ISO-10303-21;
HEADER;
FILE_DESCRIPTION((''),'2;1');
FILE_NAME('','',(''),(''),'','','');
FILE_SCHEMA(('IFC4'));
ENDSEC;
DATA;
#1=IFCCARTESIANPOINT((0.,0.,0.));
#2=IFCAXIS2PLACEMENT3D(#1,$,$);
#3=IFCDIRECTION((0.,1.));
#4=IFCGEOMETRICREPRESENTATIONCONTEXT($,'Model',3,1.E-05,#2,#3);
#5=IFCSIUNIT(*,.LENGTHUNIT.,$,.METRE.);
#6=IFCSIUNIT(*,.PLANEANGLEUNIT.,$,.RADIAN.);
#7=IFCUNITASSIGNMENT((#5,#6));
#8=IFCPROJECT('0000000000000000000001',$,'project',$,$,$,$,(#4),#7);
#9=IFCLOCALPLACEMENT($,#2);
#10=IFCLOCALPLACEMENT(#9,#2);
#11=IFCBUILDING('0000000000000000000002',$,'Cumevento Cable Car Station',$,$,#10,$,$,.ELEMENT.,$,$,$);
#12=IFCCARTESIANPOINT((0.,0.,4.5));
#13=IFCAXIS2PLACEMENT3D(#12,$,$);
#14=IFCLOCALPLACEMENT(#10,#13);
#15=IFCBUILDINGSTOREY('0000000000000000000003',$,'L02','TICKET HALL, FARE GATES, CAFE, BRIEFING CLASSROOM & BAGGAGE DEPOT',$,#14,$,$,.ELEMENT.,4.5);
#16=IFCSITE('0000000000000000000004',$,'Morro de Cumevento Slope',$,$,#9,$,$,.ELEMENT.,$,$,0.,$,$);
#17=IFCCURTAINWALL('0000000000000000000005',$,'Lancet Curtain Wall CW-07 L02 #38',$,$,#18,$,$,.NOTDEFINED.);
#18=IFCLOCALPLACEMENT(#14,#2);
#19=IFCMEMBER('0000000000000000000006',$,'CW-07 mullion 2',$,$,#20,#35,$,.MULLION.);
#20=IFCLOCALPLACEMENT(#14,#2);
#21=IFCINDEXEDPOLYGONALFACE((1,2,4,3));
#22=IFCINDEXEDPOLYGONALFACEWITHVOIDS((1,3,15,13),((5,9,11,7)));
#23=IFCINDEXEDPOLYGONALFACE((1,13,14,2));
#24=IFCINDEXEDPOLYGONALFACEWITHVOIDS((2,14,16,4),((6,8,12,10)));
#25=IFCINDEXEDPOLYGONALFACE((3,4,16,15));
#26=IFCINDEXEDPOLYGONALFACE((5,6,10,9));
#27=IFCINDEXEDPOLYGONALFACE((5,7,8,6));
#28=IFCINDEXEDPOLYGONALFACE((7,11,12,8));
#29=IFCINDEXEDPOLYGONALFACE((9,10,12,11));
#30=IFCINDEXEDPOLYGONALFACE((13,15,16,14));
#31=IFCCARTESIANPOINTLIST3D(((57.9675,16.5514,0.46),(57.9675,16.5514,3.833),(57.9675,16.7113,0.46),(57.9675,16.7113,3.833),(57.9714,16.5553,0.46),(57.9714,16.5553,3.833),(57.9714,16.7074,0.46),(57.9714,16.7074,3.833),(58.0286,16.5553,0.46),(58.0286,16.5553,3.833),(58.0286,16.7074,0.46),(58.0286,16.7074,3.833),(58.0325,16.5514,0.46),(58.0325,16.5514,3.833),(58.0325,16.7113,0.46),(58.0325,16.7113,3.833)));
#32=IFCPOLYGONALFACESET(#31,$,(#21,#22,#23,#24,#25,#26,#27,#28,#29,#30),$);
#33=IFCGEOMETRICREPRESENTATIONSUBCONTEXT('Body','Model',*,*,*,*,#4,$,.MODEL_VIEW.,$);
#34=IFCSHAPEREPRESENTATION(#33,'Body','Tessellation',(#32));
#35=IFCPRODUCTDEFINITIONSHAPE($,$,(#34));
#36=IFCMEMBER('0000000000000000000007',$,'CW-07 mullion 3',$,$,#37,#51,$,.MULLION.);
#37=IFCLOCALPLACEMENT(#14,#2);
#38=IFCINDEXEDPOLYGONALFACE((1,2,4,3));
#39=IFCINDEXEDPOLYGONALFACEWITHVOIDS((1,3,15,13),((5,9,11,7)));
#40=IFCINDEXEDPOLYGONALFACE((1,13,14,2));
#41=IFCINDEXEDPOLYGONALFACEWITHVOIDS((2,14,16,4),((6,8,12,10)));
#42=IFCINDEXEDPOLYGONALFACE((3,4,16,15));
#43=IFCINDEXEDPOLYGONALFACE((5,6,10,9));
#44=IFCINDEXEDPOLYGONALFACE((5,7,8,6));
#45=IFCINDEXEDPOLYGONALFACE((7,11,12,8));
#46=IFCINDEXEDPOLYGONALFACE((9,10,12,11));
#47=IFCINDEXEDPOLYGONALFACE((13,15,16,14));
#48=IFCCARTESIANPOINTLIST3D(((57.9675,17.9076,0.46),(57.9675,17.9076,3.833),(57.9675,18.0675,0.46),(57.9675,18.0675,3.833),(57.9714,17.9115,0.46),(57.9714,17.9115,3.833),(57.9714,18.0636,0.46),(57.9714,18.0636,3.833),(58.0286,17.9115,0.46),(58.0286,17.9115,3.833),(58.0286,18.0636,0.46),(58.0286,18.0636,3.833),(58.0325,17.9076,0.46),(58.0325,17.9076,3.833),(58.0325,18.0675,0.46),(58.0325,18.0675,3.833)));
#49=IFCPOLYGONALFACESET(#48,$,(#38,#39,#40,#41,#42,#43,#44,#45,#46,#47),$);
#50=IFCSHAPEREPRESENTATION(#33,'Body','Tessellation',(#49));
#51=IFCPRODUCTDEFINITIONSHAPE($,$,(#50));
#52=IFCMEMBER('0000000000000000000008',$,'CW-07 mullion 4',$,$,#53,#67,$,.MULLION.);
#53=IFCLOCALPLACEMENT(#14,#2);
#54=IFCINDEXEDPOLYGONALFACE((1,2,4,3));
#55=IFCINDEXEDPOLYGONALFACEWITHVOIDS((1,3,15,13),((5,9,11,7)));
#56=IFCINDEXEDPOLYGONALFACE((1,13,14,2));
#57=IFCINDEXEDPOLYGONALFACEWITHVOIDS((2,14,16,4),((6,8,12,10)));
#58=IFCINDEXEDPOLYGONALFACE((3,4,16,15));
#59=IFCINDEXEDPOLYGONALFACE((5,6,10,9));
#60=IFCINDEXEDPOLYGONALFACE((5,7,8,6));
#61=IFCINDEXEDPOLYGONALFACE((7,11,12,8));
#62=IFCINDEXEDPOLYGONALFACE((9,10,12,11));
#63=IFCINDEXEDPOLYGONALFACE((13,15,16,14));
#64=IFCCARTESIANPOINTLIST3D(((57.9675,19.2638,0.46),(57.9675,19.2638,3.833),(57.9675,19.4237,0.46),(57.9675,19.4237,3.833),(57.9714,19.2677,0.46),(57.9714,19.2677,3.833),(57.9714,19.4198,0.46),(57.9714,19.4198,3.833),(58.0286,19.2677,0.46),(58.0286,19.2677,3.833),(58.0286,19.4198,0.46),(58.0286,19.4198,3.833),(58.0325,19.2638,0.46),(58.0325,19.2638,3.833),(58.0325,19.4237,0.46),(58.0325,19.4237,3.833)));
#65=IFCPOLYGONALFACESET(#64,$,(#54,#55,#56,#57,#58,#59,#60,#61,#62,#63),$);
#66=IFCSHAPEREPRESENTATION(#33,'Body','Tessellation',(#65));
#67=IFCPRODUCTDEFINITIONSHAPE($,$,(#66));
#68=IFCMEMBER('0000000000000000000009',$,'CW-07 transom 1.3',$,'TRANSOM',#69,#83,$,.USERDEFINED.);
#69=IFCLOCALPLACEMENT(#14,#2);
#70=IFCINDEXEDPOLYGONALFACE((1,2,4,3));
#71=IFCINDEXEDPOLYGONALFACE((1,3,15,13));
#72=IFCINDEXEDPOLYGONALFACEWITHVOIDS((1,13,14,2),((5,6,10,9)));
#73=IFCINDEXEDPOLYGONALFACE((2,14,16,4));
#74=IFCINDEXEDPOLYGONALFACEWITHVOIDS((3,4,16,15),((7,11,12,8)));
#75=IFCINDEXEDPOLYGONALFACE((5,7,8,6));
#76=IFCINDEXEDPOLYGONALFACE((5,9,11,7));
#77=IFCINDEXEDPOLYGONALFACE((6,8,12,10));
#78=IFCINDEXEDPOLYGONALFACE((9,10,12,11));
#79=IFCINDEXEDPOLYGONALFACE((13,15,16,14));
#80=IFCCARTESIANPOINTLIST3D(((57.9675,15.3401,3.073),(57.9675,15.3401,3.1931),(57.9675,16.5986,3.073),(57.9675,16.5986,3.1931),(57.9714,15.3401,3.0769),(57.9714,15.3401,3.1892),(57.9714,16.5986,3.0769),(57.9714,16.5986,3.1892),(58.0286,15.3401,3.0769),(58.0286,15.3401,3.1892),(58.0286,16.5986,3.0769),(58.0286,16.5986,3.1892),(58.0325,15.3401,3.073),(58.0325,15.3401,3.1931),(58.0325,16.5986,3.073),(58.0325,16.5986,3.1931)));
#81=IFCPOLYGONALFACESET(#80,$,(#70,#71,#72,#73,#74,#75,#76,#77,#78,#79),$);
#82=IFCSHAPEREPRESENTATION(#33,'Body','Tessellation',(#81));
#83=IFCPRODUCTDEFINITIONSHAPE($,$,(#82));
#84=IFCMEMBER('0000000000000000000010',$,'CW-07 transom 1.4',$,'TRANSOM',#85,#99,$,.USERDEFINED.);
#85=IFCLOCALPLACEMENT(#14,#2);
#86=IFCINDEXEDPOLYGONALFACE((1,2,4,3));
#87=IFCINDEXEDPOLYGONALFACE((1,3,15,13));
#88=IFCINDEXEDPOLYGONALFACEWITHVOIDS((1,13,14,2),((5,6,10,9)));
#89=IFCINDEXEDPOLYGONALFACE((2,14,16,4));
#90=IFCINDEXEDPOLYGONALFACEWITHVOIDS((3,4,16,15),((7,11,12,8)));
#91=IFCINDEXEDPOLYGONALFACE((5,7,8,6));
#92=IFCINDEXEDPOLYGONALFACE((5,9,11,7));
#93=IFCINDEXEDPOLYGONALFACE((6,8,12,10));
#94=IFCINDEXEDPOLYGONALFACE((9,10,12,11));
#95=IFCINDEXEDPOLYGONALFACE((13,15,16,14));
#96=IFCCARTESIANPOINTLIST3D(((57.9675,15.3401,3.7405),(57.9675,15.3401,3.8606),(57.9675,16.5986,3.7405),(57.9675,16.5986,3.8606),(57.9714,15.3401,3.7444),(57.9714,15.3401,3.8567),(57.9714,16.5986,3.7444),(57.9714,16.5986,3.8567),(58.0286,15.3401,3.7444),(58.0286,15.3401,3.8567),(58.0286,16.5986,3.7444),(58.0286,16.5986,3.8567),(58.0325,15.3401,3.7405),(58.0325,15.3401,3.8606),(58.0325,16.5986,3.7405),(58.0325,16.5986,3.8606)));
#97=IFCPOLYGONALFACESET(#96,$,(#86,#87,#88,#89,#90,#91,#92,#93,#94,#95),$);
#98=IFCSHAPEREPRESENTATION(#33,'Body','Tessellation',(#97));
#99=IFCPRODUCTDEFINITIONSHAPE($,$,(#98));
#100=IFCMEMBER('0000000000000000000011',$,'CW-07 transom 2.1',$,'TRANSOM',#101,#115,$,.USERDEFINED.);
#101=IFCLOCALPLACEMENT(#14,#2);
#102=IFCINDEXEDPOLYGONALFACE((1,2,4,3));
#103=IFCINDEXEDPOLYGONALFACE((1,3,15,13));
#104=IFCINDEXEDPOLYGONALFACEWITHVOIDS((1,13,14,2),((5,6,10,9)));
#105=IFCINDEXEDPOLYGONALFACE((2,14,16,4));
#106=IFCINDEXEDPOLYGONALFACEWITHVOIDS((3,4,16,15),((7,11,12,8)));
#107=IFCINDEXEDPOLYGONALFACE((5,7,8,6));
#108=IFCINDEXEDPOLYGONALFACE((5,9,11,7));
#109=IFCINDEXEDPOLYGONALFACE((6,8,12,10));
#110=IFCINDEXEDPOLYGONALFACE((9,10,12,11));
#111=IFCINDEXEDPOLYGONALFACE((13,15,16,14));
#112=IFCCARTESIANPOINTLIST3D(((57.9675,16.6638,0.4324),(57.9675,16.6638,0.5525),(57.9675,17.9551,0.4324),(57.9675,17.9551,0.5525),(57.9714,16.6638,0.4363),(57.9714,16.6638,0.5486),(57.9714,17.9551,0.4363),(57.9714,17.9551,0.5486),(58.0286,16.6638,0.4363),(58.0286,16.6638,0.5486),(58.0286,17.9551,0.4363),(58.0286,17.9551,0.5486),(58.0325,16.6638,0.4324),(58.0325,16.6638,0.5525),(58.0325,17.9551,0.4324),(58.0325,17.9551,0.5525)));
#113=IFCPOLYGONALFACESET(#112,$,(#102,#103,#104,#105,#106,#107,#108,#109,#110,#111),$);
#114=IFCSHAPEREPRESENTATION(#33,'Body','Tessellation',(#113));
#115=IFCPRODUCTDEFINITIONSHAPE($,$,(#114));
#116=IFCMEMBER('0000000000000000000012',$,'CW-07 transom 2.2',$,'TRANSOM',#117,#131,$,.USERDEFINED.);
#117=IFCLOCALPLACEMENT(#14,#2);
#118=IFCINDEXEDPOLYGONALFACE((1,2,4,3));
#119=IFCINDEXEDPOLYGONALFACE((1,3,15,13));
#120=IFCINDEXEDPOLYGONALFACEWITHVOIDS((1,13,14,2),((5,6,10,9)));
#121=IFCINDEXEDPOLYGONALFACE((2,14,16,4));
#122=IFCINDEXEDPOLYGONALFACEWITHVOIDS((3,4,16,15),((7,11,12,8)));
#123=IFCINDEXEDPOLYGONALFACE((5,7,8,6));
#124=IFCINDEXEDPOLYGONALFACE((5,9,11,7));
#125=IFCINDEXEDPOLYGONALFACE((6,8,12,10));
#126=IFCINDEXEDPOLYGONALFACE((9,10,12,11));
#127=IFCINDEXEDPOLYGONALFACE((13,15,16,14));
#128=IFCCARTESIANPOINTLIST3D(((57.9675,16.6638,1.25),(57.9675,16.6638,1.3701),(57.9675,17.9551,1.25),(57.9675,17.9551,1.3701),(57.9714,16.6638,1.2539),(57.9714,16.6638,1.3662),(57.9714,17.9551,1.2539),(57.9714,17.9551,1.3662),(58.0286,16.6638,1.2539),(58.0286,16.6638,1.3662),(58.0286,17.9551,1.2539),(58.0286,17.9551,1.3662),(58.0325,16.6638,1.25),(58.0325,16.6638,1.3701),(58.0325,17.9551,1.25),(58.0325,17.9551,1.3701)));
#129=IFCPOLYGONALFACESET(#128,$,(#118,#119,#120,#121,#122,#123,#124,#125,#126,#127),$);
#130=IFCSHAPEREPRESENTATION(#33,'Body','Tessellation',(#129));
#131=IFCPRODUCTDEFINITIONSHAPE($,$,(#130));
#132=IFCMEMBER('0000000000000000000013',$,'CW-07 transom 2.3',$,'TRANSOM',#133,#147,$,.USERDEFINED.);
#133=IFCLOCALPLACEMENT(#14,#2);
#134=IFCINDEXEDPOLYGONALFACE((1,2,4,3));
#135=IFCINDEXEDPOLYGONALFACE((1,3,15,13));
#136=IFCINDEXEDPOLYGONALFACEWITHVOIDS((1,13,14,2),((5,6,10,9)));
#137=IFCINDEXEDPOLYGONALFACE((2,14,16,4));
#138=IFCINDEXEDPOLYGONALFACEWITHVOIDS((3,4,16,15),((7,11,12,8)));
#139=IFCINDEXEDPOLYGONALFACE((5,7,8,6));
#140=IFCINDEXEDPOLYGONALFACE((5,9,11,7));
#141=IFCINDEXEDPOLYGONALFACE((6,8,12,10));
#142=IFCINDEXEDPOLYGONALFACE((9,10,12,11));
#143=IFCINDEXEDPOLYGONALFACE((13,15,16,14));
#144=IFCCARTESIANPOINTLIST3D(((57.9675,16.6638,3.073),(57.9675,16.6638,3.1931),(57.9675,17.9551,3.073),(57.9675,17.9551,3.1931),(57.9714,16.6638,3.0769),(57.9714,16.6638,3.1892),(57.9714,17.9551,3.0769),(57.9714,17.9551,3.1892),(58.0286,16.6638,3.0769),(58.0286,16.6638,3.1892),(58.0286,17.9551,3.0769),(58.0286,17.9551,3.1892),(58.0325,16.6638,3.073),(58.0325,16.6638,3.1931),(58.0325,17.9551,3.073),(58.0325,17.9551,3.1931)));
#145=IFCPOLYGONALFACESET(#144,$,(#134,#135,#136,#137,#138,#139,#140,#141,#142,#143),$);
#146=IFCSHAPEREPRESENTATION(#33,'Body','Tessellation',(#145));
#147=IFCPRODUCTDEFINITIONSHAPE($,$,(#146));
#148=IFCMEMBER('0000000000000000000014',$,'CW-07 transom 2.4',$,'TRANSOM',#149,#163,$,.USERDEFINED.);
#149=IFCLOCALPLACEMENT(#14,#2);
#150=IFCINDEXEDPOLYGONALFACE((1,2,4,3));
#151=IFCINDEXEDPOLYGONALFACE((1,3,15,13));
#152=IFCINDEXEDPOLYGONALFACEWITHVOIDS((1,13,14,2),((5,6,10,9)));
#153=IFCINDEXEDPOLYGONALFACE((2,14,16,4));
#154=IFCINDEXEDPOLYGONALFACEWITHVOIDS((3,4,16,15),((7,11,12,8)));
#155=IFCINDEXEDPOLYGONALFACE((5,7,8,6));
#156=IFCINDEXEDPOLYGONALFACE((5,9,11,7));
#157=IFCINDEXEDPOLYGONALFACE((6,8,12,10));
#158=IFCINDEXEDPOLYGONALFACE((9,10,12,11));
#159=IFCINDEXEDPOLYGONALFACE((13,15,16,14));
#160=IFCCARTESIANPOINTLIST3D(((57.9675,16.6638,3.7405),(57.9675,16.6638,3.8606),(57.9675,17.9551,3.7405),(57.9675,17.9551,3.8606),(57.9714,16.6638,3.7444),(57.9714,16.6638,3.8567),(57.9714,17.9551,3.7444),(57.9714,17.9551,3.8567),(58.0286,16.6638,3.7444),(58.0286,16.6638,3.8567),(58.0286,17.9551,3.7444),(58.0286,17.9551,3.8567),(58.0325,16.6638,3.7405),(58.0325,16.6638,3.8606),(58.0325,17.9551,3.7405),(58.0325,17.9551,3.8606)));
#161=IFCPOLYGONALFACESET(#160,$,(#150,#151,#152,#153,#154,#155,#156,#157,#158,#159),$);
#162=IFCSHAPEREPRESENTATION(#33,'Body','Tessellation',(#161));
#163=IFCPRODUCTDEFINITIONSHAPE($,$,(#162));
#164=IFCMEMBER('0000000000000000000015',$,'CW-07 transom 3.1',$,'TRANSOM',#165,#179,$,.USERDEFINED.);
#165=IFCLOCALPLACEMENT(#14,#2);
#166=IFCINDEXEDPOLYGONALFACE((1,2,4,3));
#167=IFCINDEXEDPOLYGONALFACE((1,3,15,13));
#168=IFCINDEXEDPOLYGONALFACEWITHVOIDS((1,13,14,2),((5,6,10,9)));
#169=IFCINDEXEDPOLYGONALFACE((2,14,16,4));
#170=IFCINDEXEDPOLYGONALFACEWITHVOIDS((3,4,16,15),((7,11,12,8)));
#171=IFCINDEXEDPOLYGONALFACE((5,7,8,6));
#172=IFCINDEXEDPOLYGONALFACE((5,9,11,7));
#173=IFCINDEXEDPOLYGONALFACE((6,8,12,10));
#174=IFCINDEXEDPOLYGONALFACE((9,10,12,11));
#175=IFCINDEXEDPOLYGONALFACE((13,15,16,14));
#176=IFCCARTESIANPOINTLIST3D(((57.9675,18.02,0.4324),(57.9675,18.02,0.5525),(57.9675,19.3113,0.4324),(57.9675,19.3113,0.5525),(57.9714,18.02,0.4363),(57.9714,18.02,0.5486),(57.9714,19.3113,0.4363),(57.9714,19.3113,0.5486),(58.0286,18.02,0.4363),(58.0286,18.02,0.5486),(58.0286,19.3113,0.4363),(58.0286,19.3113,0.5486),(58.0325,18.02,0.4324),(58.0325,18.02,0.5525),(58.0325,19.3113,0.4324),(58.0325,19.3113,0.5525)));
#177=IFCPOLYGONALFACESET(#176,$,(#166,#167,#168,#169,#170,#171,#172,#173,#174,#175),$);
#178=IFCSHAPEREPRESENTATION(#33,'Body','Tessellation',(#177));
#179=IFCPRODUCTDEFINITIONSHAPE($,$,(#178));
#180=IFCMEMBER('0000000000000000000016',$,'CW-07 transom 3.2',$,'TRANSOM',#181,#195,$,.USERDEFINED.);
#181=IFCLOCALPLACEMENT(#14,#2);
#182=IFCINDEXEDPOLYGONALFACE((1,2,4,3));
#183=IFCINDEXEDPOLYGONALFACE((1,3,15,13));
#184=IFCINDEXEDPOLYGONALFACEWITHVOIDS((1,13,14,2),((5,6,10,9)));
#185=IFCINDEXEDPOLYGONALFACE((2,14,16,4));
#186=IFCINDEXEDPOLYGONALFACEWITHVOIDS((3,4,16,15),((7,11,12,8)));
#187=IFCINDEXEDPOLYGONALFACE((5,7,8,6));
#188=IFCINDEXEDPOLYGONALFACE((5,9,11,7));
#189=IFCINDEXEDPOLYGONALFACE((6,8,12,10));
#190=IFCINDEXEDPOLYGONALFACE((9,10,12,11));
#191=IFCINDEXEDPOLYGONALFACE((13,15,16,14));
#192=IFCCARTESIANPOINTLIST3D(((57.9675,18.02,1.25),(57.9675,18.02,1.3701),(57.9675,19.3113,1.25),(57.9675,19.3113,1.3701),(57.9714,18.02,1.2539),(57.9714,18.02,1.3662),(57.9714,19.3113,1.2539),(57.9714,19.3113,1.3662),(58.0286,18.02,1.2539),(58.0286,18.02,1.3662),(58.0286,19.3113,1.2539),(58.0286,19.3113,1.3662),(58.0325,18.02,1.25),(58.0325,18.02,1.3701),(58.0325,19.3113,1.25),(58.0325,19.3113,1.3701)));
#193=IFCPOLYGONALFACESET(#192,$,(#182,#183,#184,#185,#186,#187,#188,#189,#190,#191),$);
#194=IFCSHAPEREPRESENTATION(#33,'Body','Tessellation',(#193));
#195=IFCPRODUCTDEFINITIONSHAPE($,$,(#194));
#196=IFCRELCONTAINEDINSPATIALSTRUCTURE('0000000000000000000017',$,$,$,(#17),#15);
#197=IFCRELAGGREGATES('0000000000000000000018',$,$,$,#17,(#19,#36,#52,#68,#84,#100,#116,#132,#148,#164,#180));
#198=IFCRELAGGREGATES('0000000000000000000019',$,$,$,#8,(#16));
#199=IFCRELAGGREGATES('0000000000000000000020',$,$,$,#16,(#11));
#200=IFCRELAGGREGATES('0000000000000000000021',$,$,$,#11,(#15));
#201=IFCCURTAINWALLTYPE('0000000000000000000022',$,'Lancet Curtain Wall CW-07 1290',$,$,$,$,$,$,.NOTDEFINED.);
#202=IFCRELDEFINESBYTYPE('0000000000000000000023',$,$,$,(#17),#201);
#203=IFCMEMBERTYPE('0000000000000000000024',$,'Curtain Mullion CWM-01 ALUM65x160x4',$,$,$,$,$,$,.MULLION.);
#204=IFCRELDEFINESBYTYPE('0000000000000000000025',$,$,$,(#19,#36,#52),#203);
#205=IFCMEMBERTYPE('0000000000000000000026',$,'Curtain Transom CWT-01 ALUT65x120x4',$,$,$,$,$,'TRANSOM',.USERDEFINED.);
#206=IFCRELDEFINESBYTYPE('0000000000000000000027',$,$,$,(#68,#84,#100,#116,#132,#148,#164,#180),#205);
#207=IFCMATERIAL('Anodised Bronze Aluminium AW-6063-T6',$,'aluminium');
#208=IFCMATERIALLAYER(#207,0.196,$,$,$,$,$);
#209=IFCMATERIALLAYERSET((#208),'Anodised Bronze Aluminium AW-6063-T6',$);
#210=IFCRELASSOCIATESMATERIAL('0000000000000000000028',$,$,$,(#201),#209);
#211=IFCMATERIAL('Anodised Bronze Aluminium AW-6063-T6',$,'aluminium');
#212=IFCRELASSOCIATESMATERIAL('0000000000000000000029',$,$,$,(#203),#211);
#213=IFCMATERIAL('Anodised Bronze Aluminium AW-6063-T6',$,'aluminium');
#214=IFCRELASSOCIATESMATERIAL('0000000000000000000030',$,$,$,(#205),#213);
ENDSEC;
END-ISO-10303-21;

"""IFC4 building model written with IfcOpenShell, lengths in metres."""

from ifc_helpers import new_model, si_unit, direction, frame, origin, origin_2d, place, context, subcontext, project, spatial, hollow_rectangle, extrude, material, layer, layer_set, material_profile, profile_set, type_object, element, aggregate, save


model = new_model("IFC4")

# Units and contexts
model_context = context("Model", 3, precision=1e-05, world=origin(), true_north=direction((0.0, 1.0)))
body_context = subcontext(model_context, "Body", "Model", "MODEL_VIEW")
ifc_project = project(units=[si_unit("LENGTHUNIT", "METRE"), si_unit("PLANEANGLEUNIT", "RADIAN")], contexts=[model_context])

# Site, building, storey
site_placement = place(None, origin())
site = spatial("IfcSite", under=ifc_project, at=site_placement, Name="Morro de Cumevento Slope", CompositionType="ELEMENT", RefElevation=0.0)
building_placement = place(site_placement, origin())
building = spatial("IfcBuilding", under=site, at=building_placement, Name="Cumevento Cable Car Station", CompositionType="ELEMENT")
storey_placement = place(building_placement, frame((0.0, 0.0, 4.5)))
storey = spatial("IfcBuildingStorey", under=building, at=storey_placement, Name="L02", Description="TICKET HALL, FARE GATES, CAFE, BRIEFING CLASSROOM & BAGGAGE DEPOT", CompositionType="ELEMENT", Elevation=4.5)

# Curtain wall, members
ifc_material_1 = material(Name="Anodised Bronze Aluminium AW-6063-T6", Category="aluminium")
ifc_layer_1 = layer(ifc_material_1, 0.196)
ifc_layer_set_1 = layer_set([ifc_layer_1], Name="Anodised Bronze Aluminium AW-6063-T6")
curtain_wall_type = type_object("IfcCurtainWallType", Name="Lancet Curtain Wall CW-07 1290", PredefinedType="NOTDEFINED", material=ifc_layer_set_1)
curtain_wall_placement = place(storey_placement, origin())
curtain_wall = element("IfcCurtainWall", 1, at=curtain_wall_placement, inside=storey, type_object=curtain_wall_type, Name="Lancet Curtain Wall CW-07 L02 #38", PredefinedType="NOTDEFINED")
ifc_material_2 = material(Name="Anodised Bronze Aluminium AW-6063-T6", Category="aluminium")
ifc_material_profile_1 = material_profile(ifc_material_2, hollow_rectangle(XDim=0.0649, YDim=0.1599, WallThickness=0.0039, at=origin_2d()), Name="ALUM65x160x4")
ifc_profile_set_1 = profile_set([ifc_material_profile_1], Name="Anodised Bronze Aluminium AW-6063-T6")
member_type_1 = type_object("IfcMemberType", Name="Curtain Mullion CWM-01 ALUM65x160x4", PredefinedType="MULLION", material=ifc_profile_set_1)
member_1_placement = place(storey_placement, frame((58.0, 16.6313, 0.46), z_axis=(0.0, 0.0, 1.0), x_axis=(-1.0, 0.0, 0.0)))
member_1 = element("IfcMember", 2, at=member_1_placement, type_object=member_type_1, Name="CW-07 mullion 2", PredefinedType="MULLION", context=body_context, shape_type="SweptSolid", body=[
    extrude(hollow_rectangle(XDim=0.0649, YDim=0.1599, WallThickness=0.0039, at=origin_2d()), origin(), (0.0, 0.0, 1.0), 3.373),
])
member_2_placement = place(storey_placement, frame((58.0, 17.9875, 0.46), z_axis=(0.0, 0.0, 1.0), x_axis=(-1.0, 0.0, 0.0)))
member_2 = element("IfcMember", 3, at=member_2_placement, type_object=member_type_1, Name="CW-07 mullion 3", PredefinedType="MULLION", context=body_context, shape_type="SweptSolid", body=[
    extrude(hollow_rectangle(XDim=0.0649, YDim=0.1599, WallThickness=0.0039, at=origin_2d()), origin(), (0.0, 0.0, 1.0), 3.373),
])
member_3_placement = place(storey_placement, frame((58.0, 19.3438, 0.46), z_axis=(0.0, 0.0, 1.0), x_axis=(-1.0, 0.0, 0.0)))
member_3 = element("IfcMember", 4, at=member_3_placement, type_object=member_type_1, Name="CW-07 mullion 4", PredefinedType="MULLION", context=body_context, shape_type="SweptSolid", body=[
    extrude(hollow_rectangle(XDim=0.0649, YDim=0.1599, WallThickness=0.0039, at=origin_2d()), origin(), (0.0, 0.0, 1.0), 3.373),
])
ifc_material_3 = material(Name="Anodised Bronze Aluminium AW-6063-T6", Category="aluminium")
ifc_material_profile_2 = material_profile(ifc_material_3, hollow_rectangle(XDim=0.0649, YDim=0.1201, WallThickness=0.0039, at=origin_2d()), Name="ALUT65x120x4")
ifc_profile_set_2 = profile_set([ifc_material_profile_2], Name="Anodised Bronze Aluminium AW-6063-T6")
member_type_2 = type_object("IfcMemberType", Name="Curtain Transom CWT-01 ALUT65x120x4", ElementType="TRANSOM", PredefinedType="USERDEFINED", material=ifc_profile_set_2)
member_4_placement = place(storey_placement, frame((58.0, 15.3401, 3.1331), z_axis=(0.0, 1.0, 0.0), x_axis=(-1.0, 0.0, 0.0)))
member_4 = element("IfcMember", 5, at=member_4_placement, type_object=member_type_2, Name="CW-07 transom 1.3", ObjectType="TRANSOM", PredefinedType="USERDEFINED", context=body_context, shape_type="SweptSolid", body=[
    extrude(hollow_rectangle(XDim=0.0649, YDim=0.1201, WallThickness=0.0039, at=origin_2d()), origin(), (0.0, 0.0, 1.0), 1.2585),
])
member_5_placement = place(storey_placement, frame((58.0, 15.3401, 3.8005), z_axis=(0.0, 1.0, 0.0), x_axis=(-1.0, 0.0, 0.0)))
member_5 = element("IfcMember", 6, at=member_5_placement, type_object=member_type_2, Name="CW-07 transom 1.4", ObjectType="TRANSOM", PredefinedType="USERDEFINED", context=body_context, shape_type="SweptSolid", body=[
    extrude(hollow_rectangle(XDim=0.0649, YDim=0.1201, WallThickness=0.0039, at=origin_2d()), origin(), (0.0, 0.0, 1.0), 1.2585),
])
member_6_placement = place(storey_placement, frame((58.0, 16.6638, 0.4924), z_axis=(0.0, 1.0, 0.0), x_axis=(-1.0, 0.0, 0.0)))
member_6 = element("IfcMember", 7, at=member_6_placement, type_object=member_type_2, Name="CW-07 transom 2.1", ObjectType="TRANSOM", PredefinedType="USERDEFINED", context=body_context, shape_type="SweptSolid", body=[
    extrude(hollow_rectangle(XDim=0.0649, YDim=0.1201, WallThickness=0.0039, at=origin_2d()), origin(), (0.0, 0.0, 1.0), 1.2913),
])
member_7_placement = place(storey_placement, frame((58.0, 16.6638, 1.3101), z_axis=(0.0, 1.0, 0.0), x_axis=(-1.0, 0.0, 0.0)))
member_7 = element("IfcMember", 8, at=member_7_placement, type_object=member_type_2, Name="CW-07 transom 2.2", ObjectType="TRANSOM", PredefinedType="USERDEFINED", context=body_context, shape_type="SweptSolid", body=[
    extrude(hollow_rectangle(XDim=0.0649, YDim=0.1201, WallThickness=0.0039, at=origin_2d()), origin(), (0.0, 0.0, 1.0), 1.2913),
])
member_8_placement = place(storey_placement, frame((58.0, 16.6638, 3.1331), z_axis=(0.0, 1.0, 0.0), x_axis=(-1.0, 0.0, 0.0)))
member_8 = element("IfcMember", 9, at=member_8_placement, type_object=member_type_2, Name="CW-07 transom 2.3", ObjectType="TRANSOM", PredefinedType="USERDEFINED", context=body_context, shape_type="SweptSolid", body=[
    extrude(hollow_rectangle(XDim=0.0649, YDim=0.1201, WallThickness=0.0039, at=origin_2d()), origin(), (0.0, 0.0, 1.0), 1.2913),
])
member_9_placement = place(storey_placement, frame((58.0, 16.6638, 3.8005), z_axis=(0.0, 1.0, 0.0), x_axis=(-1.0, 0.0, 0.0)))
member_9 = element("IfcMember", 10, at=member_9_placement, type_object=member_type_2, Name="CW-07 transom 2.4", ObjectType="TRANSOM", PredefinedType="USERDEFINED", context=body_context, shape_type="SweptSolid", body=[
    extrude(hollow_rectangle(XDim=0.0649, YDim=0.1201, WallThickness=0.0039, at=origin_2d()), origin(), (0.0, 0.0, 1.0), 1.2913),
])
member_10_placement = place(storey_placement, frame((58.0, 18.02, 0.4924), z_axis=(0.0, 1.0, 0.0), x_axis=(-1.0, 0.0, 0.0)))
member_10 = element("IfcMember", 11, at=member_10_placement, type_object=member_type_2, Name="CW-07 transom 3.1", ObjectType="TRANSOM", PredefinedType="USERDEFINED", context=body_context, shape_type="SweptSolid", body=[
    extrude(hollow_rectangle(XDim=0.0649, YDim=0.1201, WallThickness=0.0039, at=origin_2d()), origin(), (0.0, 0.0, 1.0), 1.2913),
])
member_11_placement = place(storey_placement, frame((58.0, 18.02, 1.3101), z_axis=(0.0, 1.0, 0.0), x_axis=(-1.0, 0.0, 0.0)))
member_11 = element("IfcMember", 12, at=member_11_placement, type_object=member_type_2, Name="CW-07 transom 3.2", ObjectType="TRANSOM", PredefinedType="USERDEFINED", context=body_context, shape_type="SweptSolid", body=[
    extrude(hollow_rectangle(XDim=0.0649, YDim=0.1201, WallThickness=0.0039, at=origin_2d()), origin(), (0.0, 0.0, 1.0), 1.2913),
])
aggregate(curtain_wall, [member_1, member_2, member_3, member_4, member_5, member_6, member_7, member_8, member_9, member_10, member_11])

save(model, "model.ifc")
